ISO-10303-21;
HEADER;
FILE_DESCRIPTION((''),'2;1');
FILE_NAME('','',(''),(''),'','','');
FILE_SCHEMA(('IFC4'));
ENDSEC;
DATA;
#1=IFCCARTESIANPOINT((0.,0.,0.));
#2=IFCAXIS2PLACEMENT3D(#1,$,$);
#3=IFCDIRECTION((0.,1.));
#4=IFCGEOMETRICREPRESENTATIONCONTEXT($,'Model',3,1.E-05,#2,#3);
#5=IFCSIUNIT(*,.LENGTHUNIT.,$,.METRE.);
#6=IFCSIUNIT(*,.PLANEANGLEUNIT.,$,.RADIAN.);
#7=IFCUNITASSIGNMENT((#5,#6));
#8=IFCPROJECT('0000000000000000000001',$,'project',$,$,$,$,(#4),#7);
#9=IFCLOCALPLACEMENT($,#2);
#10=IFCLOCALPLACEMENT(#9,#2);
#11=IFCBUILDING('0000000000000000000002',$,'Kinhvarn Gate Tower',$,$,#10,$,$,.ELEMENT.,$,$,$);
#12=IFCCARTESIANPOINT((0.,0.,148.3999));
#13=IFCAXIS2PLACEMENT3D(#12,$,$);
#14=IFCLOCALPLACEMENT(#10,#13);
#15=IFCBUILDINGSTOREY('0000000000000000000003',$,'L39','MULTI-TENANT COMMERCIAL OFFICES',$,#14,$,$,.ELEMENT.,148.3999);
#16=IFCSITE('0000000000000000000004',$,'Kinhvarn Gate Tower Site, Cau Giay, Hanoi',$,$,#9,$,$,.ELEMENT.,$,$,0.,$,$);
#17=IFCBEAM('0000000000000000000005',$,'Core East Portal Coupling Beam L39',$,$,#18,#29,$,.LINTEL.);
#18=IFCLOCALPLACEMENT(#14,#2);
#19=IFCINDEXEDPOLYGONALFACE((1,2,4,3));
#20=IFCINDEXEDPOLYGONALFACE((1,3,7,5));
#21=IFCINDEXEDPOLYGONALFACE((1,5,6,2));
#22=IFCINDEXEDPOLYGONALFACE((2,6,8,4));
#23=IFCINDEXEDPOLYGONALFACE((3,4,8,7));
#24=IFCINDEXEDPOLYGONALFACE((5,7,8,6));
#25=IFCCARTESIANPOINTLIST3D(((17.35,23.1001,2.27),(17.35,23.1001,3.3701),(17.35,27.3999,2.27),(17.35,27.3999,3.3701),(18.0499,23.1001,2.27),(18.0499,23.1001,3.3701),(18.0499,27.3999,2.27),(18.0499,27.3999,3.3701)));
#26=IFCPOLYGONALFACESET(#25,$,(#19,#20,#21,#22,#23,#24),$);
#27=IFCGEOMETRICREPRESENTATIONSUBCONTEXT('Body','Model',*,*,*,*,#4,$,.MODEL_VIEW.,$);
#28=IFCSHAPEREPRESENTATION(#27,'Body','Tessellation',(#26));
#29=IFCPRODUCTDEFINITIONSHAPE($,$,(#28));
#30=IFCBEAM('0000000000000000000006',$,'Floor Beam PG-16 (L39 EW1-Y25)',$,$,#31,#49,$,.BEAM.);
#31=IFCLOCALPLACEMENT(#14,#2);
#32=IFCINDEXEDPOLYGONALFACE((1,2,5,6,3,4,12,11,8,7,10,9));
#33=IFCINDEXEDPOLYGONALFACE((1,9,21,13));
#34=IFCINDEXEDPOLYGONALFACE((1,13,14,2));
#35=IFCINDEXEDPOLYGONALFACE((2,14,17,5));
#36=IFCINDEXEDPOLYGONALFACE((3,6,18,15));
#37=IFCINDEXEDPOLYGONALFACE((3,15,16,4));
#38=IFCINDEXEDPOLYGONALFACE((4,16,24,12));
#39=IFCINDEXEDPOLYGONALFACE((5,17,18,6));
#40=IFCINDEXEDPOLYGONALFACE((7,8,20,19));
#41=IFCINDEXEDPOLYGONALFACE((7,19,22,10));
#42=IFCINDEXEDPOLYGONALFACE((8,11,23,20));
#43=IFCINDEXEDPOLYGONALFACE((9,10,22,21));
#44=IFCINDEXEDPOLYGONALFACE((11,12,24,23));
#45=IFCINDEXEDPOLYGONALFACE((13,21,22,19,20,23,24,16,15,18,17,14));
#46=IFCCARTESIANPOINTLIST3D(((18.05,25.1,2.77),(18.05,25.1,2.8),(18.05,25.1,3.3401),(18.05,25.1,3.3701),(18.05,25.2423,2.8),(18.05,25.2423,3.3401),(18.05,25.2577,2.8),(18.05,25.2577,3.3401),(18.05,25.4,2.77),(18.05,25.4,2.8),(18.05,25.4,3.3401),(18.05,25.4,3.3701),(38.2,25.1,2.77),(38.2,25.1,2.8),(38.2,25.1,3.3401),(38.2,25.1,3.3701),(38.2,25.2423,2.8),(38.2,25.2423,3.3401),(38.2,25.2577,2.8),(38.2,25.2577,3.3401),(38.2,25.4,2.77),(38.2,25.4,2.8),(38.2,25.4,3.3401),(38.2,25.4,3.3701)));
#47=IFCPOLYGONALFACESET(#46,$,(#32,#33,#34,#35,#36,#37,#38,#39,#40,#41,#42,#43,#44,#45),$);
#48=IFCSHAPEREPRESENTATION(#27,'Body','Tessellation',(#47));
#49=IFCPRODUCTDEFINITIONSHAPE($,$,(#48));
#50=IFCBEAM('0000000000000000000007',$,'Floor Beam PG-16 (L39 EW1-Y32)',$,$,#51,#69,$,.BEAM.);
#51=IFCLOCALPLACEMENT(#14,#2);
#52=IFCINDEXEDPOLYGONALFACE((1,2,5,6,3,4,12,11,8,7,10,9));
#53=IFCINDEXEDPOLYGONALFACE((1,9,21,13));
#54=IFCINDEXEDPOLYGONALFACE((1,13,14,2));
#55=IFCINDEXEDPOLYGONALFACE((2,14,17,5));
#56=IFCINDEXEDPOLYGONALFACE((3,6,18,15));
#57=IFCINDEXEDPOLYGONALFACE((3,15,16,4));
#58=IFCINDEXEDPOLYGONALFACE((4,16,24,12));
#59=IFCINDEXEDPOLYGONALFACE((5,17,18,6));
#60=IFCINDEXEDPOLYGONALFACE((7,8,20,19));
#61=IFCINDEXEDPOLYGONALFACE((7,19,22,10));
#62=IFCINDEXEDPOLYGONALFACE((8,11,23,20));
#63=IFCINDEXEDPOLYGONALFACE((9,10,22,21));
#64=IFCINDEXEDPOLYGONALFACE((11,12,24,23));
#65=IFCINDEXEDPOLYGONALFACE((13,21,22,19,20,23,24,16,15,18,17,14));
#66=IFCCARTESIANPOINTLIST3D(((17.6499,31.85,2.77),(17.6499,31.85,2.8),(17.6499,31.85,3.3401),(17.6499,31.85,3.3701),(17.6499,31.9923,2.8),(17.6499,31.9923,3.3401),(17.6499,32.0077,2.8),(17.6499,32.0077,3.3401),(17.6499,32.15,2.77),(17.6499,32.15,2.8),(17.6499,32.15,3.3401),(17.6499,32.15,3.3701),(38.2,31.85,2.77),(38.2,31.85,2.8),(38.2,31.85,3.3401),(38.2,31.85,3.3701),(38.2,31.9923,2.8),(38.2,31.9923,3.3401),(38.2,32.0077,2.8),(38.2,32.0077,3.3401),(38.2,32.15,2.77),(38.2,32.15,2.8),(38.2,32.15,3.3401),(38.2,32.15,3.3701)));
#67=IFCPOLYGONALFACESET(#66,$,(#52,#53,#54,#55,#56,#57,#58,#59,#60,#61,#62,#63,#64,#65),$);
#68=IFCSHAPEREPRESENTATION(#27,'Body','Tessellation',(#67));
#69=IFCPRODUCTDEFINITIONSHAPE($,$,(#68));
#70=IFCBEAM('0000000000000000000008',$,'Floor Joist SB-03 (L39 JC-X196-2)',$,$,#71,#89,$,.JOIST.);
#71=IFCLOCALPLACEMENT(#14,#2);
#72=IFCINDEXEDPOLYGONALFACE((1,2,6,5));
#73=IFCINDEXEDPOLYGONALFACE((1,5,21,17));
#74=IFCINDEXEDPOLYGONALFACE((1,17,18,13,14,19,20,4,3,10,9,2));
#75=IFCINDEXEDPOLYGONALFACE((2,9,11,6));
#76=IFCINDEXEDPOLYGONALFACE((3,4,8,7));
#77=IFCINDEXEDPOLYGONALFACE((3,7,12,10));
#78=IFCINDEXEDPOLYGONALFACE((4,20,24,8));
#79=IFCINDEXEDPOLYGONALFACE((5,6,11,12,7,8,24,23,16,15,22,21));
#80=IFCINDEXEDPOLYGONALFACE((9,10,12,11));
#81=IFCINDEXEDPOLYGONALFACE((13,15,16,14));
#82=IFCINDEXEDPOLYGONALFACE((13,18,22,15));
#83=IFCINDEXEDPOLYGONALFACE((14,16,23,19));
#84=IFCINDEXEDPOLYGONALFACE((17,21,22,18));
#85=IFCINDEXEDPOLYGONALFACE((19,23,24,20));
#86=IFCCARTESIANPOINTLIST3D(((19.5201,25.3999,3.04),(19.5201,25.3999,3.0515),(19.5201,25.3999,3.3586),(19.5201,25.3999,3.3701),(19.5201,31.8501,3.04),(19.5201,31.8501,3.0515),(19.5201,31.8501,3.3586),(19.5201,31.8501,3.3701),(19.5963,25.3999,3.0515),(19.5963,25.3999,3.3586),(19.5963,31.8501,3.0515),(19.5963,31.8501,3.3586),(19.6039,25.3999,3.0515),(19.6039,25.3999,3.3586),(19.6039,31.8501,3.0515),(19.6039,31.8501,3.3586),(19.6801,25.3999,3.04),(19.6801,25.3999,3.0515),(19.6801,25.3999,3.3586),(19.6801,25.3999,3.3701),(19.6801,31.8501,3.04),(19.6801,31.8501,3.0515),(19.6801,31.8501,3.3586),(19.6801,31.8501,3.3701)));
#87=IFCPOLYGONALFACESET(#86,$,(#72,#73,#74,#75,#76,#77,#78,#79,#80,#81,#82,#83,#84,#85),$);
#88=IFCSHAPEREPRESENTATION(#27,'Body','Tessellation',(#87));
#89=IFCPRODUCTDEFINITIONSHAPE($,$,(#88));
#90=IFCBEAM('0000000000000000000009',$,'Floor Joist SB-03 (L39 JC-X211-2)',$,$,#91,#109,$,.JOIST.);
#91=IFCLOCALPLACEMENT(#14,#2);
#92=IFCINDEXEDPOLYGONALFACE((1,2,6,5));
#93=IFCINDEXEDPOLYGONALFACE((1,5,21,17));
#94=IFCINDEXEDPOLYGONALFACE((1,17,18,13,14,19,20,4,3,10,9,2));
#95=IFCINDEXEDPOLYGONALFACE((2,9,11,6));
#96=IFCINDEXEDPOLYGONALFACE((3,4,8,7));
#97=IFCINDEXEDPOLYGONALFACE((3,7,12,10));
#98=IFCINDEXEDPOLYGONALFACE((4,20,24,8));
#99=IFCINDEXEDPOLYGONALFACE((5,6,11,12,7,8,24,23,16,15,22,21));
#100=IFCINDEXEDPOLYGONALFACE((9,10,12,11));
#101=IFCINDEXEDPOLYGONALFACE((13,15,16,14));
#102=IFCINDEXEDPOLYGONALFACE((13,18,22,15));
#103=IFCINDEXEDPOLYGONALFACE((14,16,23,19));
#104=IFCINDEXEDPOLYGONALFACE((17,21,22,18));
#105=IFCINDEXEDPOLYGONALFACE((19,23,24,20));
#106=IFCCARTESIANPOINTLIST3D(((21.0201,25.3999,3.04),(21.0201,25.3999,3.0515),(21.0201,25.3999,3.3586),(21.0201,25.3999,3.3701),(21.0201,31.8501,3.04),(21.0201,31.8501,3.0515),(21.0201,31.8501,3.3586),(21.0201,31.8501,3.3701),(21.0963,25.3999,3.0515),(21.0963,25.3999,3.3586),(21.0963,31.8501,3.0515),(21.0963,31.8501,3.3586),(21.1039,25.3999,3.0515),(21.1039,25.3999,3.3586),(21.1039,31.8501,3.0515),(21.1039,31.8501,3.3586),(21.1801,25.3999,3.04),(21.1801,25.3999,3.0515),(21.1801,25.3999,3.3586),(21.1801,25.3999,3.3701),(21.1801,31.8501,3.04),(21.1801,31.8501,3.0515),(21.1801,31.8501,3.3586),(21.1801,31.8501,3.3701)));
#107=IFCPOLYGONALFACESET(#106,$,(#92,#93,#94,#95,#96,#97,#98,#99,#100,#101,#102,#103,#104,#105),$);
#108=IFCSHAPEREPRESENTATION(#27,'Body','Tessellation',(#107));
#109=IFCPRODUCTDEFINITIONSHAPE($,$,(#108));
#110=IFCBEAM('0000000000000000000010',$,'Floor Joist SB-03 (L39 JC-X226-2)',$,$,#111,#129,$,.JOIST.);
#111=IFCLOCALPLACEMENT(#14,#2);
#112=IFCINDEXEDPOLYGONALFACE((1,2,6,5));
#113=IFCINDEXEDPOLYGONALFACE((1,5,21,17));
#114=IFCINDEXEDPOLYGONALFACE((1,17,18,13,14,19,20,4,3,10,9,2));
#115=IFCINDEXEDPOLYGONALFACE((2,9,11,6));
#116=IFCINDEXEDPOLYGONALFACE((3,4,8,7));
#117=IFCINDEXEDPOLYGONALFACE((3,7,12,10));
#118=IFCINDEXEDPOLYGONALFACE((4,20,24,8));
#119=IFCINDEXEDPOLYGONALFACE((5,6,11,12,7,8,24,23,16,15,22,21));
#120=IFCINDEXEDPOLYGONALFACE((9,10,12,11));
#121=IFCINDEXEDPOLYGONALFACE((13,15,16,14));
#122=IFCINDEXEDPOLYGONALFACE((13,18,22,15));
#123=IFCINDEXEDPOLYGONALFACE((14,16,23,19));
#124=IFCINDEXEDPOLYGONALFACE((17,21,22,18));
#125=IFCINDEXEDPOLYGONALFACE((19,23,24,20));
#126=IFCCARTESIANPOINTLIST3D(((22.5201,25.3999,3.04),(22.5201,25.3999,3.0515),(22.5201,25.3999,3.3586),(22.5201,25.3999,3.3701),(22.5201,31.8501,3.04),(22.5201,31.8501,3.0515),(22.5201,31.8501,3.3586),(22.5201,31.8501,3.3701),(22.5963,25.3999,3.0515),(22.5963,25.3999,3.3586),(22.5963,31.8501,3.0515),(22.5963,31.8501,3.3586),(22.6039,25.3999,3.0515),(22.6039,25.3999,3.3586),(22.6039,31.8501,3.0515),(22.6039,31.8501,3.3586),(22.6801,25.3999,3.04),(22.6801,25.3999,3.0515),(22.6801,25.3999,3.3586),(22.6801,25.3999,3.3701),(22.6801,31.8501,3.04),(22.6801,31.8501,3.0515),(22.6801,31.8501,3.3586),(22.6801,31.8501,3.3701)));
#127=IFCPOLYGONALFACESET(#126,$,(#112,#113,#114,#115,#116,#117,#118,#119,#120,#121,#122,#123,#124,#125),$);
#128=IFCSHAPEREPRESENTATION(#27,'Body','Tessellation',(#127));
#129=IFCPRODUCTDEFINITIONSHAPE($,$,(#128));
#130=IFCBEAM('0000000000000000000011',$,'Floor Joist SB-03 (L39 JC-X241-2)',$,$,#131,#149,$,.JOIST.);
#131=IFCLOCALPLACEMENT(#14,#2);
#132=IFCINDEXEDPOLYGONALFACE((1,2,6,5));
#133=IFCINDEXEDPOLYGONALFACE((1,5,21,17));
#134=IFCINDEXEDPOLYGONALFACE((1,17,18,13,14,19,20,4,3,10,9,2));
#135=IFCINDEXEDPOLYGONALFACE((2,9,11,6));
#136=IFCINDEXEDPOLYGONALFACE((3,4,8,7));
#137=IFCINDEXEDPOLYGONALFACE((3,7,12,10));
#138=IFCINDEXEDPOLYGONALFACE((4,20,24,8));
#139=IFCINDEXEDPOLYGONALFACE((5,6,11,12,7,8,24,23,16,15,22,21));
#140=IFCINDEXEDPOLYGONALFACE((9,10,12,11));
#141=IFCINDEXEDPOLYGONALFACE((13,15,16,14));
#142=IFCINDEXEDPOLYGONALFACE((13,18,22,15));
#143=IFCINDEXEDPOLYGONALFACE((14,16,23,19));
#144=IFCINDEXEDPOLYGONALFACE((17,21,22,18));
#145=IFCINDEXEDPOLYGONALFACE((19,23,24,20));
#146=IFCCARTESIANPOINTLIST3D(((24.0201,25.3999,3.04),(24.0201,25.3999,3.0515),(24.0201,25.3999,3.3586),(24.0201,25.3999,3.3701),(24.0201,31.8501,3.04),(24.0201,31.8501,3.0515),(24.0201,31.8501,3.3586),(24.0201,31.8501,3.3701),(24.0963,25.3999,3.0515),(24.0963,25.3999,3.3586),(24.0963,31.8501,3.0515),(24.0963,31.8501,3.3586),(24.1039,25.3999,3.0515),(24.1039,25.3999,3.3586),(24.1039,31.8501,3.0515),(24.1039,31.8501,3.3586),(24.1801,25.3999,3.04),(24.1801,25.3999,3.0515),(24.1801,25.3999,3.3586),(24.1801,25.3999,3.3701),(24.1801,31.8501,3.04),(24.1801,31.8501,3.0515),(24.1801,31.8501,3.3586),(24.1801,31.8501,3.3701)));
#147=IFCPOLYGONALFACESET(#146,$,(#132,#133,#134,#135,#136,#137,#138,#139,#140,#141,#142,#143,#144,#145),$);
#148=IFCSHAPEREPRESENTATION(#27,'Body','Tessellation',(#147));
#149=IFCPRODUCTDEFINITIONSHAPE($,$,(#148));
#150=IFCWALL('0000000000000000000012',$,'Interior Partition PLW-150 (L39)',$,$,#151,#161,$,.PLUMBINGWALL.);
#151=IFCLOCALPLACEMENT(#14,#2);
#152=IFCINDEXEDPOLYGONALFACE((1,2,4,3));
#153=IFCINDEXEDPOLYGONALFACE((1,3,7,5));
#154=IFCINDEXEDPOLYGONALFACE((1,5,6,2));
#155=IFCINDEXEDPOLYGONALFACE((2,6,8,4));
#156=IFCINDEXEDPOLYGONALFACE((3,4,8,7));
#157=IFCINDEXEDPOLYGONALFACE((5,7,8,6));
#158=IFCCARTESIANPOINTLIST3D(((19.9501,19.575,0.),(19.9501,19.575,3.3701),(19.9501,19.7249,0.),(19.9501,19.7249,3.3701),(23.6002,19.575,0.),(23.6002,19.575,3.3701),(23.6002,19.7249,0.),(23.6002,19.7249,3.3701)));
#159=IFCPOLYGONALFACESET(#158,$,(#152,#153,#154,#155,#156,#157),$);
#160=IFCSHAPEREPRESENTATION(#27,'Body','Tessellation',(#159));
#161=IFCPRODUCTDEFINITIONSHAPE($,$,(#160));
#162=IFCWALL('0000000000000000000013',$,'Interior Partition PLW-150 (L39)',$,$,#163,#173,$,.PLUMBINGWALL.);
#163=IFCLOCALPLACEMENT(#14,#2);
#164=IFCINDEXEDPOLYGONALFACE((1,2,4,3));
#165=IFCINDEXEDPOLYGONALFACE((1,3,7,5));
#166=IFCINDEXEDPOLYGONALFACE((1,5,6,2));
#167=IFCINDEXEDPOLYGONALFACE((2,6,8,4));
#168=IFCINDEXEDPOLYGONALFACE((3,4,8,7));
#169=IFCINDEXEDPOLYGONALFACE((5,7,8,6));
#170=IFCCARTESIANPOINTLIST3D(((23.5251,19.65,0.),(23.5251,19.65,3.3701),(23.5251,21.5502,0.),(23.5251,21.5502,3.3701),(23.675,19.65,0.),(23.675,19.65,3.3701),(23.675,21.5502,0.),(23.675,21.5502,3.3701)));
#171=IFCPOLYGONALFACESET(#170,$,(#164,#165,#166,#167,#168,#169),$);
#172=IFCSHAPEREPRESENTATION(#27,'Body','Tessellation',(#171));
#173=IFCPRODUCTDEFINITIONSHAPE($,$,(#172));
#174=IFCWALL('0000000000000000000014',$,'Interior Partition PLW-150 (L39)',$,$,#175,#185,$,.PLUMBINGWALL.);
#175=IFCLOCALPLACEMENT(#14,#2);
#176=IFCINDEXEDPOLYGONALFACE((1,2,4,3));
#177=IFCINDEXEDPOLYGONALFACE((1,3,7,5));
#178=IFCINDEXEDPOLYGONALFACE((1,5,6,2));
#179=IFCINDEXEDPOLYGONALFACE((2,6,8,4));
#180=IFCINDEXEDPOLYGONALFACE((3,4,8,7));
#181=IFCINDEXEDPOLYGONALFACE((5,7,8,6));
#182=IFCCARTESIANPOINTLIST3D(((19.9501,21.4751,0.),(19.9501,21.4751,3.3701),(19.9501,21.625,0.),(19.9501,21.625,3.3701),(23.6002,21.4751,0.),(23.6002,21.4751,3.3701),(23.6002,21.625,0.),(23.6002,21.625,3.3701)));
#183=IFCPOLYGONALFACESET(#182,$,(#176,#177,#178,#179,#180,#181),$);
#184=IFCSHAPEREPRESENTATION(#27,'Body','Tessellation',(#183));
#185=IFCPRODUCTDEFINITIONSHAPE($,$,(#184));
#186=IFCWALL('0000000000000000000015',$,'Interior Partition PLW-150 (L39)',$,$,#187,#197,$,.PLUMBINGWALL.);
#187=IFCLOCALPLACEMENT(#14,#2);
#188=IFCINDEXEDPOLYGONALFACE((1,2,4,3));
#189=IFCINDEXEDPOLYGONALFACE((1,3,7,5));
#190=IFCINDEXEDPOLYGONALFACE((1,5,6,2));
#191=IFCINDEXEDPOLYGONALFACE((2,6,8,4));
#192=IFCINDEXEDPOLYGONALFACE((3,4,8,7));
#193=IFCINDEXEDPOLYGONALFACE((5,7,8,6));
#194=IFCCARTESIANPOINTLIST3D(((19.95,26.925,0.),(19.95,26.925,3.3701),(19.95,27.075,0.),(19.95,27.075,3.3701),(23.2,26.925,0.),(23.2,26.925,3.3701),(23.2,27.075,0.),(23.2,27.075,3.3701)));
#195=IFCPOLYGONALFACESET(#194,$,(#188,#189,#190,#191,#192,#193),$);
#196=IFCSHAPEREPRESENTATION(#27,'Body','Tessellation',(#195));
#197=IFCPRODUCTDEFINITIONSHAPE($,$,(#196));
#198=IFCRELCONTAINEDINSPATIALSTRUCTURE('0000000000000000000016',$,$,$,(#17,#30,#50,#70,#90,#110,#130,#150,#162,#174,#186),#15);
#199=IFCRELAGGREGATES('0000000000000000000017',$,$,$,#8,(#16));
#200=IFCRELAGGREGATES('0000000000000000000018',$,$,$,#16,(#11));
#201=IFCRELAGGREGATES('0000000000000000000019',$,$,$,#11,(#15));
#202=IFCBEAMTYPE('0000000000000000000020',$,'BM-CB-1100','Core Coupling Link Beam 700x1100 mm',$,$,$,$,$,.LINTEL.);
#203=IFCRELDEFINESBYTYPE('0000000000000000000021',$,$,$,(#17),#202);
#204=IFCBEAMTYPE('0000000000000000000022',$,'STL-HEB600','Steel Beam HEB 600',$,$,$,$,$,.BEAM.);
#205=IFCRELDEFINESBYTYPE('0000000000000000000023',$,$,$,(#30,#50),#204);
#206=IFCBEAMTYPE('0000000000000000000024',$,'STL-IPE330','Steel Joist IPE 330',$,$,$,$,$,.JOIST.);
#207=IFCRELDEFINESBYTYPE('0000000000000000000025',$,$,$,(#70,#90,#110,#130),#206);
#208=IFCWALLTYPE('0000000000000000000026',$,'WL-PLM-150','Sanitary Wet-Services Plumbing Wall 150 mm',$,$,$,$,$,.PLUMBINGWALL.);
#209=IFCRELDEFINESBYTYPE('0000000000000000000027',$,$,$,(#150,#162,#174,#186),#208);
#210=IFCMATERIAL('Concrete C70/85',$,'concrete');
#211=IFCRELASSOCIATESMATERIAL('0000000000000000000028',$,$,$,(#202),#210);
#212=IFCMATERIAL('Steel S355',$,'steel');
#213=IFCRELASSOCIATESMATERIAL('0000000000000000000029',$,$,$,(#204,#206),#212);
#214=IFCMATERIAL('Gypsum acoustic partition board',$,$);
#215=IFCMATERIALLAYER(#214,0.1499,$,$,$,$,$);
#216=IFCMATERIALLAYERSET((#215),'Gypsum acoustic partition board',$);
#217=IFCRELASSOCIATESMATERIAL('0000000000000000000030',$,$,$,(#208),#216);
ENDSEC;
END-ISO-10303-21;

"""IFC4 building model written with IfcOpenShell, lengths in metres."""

from ifc_helpers import new_model, si_unit, direction, frame, frame_2d, origin, origin_2d, place, context, subcontext, project, spatial, rectangle, i_section, extrude, material, layer, layer_set, material_profile, profile_set, type_object, element, save


model = new_model("IFC4")

# Units and contexts
model_context = context("Model", 3, precision=1e-05, world=origin(), true_north=direction((0.0, 1.0)))
body_context = subcontext(model_context, "Body", "Model", "MODEL_VIEW")
ifc_project = project(units=[si_unit("LENGTHUNIT", "METRE"), si_unit("PLANEANGLEUNIT", "RADIAN")], contexts=[model_context])

# Site, building, storey
site_placement = place(None, origin())
site = spatial("IfcSite", under=ifc_project, at=site_placement, Name="Kinhvarn Gate Tower Site, Cau Giay, Hanoi", CompositionType="ELEMENT", RefElevation=0.0)
building_placement = place(site_placement, origin())
building = spatial("IfcBuilding", under=site, at=building_placement, Name="Kinhvarn Gate Tower", CompositionType="ELEMENT")
storey_placement = place(building_placement, frame((0.0, 0.0, 148.3999)))
storey = spatial("IfcBuildingStorey", under=building, at=storey_placement, Name="L39", Description="MULTI-TENANT COMMERCIAL OFFICES", CompositionType="ELEMENT", Elevation=148.3999)

# Beams
ifc_material_1 = material(Name="Concrete C70/85", Category="concrete")
ifc_material_profile_1 = material_profile(ifc_material_1, rectangle(XDim=0.7, YDim=1.1001, at=origin_2d()), Name="RC 700x1100")
ifc_profile_set_1 = profile_set([ifc_material_profile_1], Name="Concrete C70/85")
beam_type_1 = type_object("IfcBeamType", Name="BM-CB-1100", Description="Core Coupling Link Beam 700x1100 mm", PredefinedType="LINTEL", material=ifc_profile_set_1)
beam_1_placement = place(storey_placement, frame((17.7, 23.1001, 2.8201), z_axis=(0.0, 1.0, 0.0), x_axis=(-1.0, 0.0, 0.0)))
element("IfcBeam", 1, at=beam_1_placement, inside=storey, type_object=beam_type_1, Name="Core East Portal Coupling Beam L39", PredefinedType="LINTEL", context=body_context, shape_type="SweptSolid", body=[
    extrude(rectangle(XDim=0.7, YDim=1.1001, at=origin_2d()), origin(), (0.0, 0.0, 1.0), 4.2998),
])
ifc_material_2 = material(Name="Steel S355", Category="steel")
ifc_material_profile_2 = material_profile(ifc_material_2, i_section(OverallWidth=0.3, OverallDepth=0.6001, WebThickness=0.0154, FlangeThickness=0.03, at=origin_2d()), Name="HEB 600")
ifc_profile_set_2 = profile_set([ifc_material_profile_2], Name="Steel S355")
beam_type_2 = type_object("IfcBeamType", Name="STL-HEB600", Description="Steel Beam HEB 600", PredefinedType="BEAM", material=ifc_profile_set_2)
beam_2_placement = place(storey_placement, frame((18.05, 25.25, 3.0701), z_axis=(1.0, 0.0, 0.0), x_axis=(0.0, 1.0, 0.0)))
element("IfcBeam", 2, at=beam_2_placement, inside=storey, type_object=beam_type_2, Name="Floor Beam PG-16 (L39 EW1-Y25)", PredefinedType="BEAM", context=body_context, shape_type="SweptSolid", body=[
    extrude(i_section(OverallWidth=0.3, OverallDepth=0.6001, WebThickness=0.0154, FlangeThickness=0.03, at=origin_2d()), origin(), (0.0, 0.0, 1.0), 20.1499),
])
beam_3_placement = place(storey_placement, frame((17.6499, 32.0, 3.0701), z_axis=(1.0, 0.0, 0.0), x_axis=(0.0, 1.0, 0.0)))
element("IfcBeam", 3, at=beam_3_placement, inside=storey, type_object=beam_type_2, Name="Floor Beam PG-16 (L39 EW1-Y32)", PredefinedType="BEAM", context=body_context, shape_type="SweptSolid", body=[
    extrude(i_section(OverallWidth=0.3, OverallDepth=0.6001, WebThickness=0.0154, FlangeThickness=0.03, at=origin_2d()), origin(), (0.0, 0.0, 1.0), 20.55),
])
ifc_material_profile_3 = material_profile(ifc_material_2, i_section(OverallWidth=0.1599, OverallDepth=0.3301, WebThickness=0.0076, FlangeThickness=0.0115, at=origin_2d()), Name="IPE 330")
ifc_profile_set_3 = profile_set([ifc_material_profile_3], Name="Steel S355")
beam_type_3 = type_object("IfcBeamType", Name="STL-IPE330", Description="Steel Joist IPE 330", PredefinedType="JOIST", material=ifc_profile_set_3)
for number, where, z_axis, x_axis, name in (
    (4, (19.6001, 25.3999, 3.2051), (0.0, 1.0, 0.0), (-1.0, 0.0, 0.0), "Floor Joist SB-03 (L39 JC-X196-2)"),
    (5, (21.1001, 25.3999, 3.2051), (0.0, 1.0, 0.0), (-1.0, 0.0, 0.0), "Floor Joist SB-03 (L39 JC-X211-2)"),
    (6, (22.6001, 25.3999, 3.2051), (0.0, 1.0, 0.0), (-1.0, 0.0, 0.0), "Floor Joist SB-03 (L39 JC-X226-2)"),
    (7, (24.1001, 25.3999, 3.2051), (0.0, 1.0, 0.0), (-1.0, 0.0, 0.0), "Floor Joist SB-03 (L39 JC-X241-2)"),
):
    element("IfcBeam", number, at=place(storey_placement, frame(where, z_axis=z_axis, x_axis=x_axis)), inside=storey, type_object=beam_type_3, Name=name, PredefinedType="JOIST", context=body_context, shape_type="SweptSolid", body=[
        extrude(i_section(OverallWidth=0.1599, OverallDepth=0.3301, WebThickness=0.0076, FlangeThickness=0.0115, at=origin_2d()), origin(), (0.0, 0.0, 1.0), 6.4502),
    ])

# Walls
ifc_material_3 = material(Name="Gypsum acoustic partition board")
ifc_layer_1 = layer(ifc_material_3, 0.1499)
ifc_layer_set_1 = layer_set([ifc_layer_1], Name="Gypsum acoustic partition board")
wall_type_1 = type_object("IfcWallType", Name="WL-PLM-150", Description="Sanitary Wet-Services Plumbing Wall 150 mm", PredefinedType="PLUMBINGWALL", material=ifc_layer_set_1)
wall_1_placement = place(storey_placement, frame((19.95, 19.6499, 0.0), z_axis=(0.0, 0.0, 1.0), x_axis=(1.0, 0.0, 0.0)))
element("IfcWall", 8, at=wall_1_placement, inside=storey, type_object=wall_type_1, Name="Interior Partition PLW-150 (L39)", PredefinedType="PLUMBINGWALL", context=body_context, shape_type="SweptSolid", body=[
    extrude(rectangle(XDim=3.6501, YDim=0.1499, at=frame_2d((1.8252, 0.0))), origin(), (0.0, 0.0, 1.0), 3.3701),
])
wall_2_placement = place(storey_placement, frame((23.6001, 19.6499, 0.0), z_axis=(0.0, 0.0, 1.0), x_axis=(0.0, 1.0, 0.0)))
element("IfcWall", 9, at=wall_2_placement, inside=storey, type_object=wall_type_1, Name="Interior Partition PLW-150 (L39)", PredefinedType="PLUMBINGWALL", context=body_context, shape_type="SweptSolid", body=[
    extrude(rectangle(XDim=1.9001, YDim=0.1499, at=frame_2d((0.9502, 0.0))), origin(), (0.0, 0.0, 1.0), 3.3701),
])
wall_3_placement = place(storey_placement, frame((19.95, 21.55, 0.0), z_axis=(0.0, 0.0, 1.0), x_axis=(1.0, 0.0, 0.0)))
element("IfcWall", 10, at=wall_3_placement, inside=storey, type_object=wall_type_1, Name="Interior Partition PLW-150 (L39)", PredefinedType="PLUMBINGWALL", context=body_context, shape_type="SweptSolid", body=[
    extrude(rectangle(XDim=3.6501, YDim=0.1499, at=frame_2d((1.8252, 0.0))), origin(), (0.0, 0.0, 1.0), 3.3701),
])
wall_4_placement = place(storey_placement, frame((19.95, 27.0, 0.0), z_axis=(0.0, 0.0, 1.0), x_axis=(1.0, 0.0, 0.0)))
element("IfcWall", 11, at=wall_4_placement, inside=storey, type_object=wall_type_1, Name="Interior Partition PLW-150 (L39)", PredefinedType="PLUMBINGWALL", context=body_context, shape_type="SweptSolid", body=[
    extrude(rectangle(XDim=3.25, YDim=0.1499, at=frame_2d((1.625, 0.0))), origin(), (0.0, 0.0, 1.0), 3.3701),
])

save(model, "model.ifc")
